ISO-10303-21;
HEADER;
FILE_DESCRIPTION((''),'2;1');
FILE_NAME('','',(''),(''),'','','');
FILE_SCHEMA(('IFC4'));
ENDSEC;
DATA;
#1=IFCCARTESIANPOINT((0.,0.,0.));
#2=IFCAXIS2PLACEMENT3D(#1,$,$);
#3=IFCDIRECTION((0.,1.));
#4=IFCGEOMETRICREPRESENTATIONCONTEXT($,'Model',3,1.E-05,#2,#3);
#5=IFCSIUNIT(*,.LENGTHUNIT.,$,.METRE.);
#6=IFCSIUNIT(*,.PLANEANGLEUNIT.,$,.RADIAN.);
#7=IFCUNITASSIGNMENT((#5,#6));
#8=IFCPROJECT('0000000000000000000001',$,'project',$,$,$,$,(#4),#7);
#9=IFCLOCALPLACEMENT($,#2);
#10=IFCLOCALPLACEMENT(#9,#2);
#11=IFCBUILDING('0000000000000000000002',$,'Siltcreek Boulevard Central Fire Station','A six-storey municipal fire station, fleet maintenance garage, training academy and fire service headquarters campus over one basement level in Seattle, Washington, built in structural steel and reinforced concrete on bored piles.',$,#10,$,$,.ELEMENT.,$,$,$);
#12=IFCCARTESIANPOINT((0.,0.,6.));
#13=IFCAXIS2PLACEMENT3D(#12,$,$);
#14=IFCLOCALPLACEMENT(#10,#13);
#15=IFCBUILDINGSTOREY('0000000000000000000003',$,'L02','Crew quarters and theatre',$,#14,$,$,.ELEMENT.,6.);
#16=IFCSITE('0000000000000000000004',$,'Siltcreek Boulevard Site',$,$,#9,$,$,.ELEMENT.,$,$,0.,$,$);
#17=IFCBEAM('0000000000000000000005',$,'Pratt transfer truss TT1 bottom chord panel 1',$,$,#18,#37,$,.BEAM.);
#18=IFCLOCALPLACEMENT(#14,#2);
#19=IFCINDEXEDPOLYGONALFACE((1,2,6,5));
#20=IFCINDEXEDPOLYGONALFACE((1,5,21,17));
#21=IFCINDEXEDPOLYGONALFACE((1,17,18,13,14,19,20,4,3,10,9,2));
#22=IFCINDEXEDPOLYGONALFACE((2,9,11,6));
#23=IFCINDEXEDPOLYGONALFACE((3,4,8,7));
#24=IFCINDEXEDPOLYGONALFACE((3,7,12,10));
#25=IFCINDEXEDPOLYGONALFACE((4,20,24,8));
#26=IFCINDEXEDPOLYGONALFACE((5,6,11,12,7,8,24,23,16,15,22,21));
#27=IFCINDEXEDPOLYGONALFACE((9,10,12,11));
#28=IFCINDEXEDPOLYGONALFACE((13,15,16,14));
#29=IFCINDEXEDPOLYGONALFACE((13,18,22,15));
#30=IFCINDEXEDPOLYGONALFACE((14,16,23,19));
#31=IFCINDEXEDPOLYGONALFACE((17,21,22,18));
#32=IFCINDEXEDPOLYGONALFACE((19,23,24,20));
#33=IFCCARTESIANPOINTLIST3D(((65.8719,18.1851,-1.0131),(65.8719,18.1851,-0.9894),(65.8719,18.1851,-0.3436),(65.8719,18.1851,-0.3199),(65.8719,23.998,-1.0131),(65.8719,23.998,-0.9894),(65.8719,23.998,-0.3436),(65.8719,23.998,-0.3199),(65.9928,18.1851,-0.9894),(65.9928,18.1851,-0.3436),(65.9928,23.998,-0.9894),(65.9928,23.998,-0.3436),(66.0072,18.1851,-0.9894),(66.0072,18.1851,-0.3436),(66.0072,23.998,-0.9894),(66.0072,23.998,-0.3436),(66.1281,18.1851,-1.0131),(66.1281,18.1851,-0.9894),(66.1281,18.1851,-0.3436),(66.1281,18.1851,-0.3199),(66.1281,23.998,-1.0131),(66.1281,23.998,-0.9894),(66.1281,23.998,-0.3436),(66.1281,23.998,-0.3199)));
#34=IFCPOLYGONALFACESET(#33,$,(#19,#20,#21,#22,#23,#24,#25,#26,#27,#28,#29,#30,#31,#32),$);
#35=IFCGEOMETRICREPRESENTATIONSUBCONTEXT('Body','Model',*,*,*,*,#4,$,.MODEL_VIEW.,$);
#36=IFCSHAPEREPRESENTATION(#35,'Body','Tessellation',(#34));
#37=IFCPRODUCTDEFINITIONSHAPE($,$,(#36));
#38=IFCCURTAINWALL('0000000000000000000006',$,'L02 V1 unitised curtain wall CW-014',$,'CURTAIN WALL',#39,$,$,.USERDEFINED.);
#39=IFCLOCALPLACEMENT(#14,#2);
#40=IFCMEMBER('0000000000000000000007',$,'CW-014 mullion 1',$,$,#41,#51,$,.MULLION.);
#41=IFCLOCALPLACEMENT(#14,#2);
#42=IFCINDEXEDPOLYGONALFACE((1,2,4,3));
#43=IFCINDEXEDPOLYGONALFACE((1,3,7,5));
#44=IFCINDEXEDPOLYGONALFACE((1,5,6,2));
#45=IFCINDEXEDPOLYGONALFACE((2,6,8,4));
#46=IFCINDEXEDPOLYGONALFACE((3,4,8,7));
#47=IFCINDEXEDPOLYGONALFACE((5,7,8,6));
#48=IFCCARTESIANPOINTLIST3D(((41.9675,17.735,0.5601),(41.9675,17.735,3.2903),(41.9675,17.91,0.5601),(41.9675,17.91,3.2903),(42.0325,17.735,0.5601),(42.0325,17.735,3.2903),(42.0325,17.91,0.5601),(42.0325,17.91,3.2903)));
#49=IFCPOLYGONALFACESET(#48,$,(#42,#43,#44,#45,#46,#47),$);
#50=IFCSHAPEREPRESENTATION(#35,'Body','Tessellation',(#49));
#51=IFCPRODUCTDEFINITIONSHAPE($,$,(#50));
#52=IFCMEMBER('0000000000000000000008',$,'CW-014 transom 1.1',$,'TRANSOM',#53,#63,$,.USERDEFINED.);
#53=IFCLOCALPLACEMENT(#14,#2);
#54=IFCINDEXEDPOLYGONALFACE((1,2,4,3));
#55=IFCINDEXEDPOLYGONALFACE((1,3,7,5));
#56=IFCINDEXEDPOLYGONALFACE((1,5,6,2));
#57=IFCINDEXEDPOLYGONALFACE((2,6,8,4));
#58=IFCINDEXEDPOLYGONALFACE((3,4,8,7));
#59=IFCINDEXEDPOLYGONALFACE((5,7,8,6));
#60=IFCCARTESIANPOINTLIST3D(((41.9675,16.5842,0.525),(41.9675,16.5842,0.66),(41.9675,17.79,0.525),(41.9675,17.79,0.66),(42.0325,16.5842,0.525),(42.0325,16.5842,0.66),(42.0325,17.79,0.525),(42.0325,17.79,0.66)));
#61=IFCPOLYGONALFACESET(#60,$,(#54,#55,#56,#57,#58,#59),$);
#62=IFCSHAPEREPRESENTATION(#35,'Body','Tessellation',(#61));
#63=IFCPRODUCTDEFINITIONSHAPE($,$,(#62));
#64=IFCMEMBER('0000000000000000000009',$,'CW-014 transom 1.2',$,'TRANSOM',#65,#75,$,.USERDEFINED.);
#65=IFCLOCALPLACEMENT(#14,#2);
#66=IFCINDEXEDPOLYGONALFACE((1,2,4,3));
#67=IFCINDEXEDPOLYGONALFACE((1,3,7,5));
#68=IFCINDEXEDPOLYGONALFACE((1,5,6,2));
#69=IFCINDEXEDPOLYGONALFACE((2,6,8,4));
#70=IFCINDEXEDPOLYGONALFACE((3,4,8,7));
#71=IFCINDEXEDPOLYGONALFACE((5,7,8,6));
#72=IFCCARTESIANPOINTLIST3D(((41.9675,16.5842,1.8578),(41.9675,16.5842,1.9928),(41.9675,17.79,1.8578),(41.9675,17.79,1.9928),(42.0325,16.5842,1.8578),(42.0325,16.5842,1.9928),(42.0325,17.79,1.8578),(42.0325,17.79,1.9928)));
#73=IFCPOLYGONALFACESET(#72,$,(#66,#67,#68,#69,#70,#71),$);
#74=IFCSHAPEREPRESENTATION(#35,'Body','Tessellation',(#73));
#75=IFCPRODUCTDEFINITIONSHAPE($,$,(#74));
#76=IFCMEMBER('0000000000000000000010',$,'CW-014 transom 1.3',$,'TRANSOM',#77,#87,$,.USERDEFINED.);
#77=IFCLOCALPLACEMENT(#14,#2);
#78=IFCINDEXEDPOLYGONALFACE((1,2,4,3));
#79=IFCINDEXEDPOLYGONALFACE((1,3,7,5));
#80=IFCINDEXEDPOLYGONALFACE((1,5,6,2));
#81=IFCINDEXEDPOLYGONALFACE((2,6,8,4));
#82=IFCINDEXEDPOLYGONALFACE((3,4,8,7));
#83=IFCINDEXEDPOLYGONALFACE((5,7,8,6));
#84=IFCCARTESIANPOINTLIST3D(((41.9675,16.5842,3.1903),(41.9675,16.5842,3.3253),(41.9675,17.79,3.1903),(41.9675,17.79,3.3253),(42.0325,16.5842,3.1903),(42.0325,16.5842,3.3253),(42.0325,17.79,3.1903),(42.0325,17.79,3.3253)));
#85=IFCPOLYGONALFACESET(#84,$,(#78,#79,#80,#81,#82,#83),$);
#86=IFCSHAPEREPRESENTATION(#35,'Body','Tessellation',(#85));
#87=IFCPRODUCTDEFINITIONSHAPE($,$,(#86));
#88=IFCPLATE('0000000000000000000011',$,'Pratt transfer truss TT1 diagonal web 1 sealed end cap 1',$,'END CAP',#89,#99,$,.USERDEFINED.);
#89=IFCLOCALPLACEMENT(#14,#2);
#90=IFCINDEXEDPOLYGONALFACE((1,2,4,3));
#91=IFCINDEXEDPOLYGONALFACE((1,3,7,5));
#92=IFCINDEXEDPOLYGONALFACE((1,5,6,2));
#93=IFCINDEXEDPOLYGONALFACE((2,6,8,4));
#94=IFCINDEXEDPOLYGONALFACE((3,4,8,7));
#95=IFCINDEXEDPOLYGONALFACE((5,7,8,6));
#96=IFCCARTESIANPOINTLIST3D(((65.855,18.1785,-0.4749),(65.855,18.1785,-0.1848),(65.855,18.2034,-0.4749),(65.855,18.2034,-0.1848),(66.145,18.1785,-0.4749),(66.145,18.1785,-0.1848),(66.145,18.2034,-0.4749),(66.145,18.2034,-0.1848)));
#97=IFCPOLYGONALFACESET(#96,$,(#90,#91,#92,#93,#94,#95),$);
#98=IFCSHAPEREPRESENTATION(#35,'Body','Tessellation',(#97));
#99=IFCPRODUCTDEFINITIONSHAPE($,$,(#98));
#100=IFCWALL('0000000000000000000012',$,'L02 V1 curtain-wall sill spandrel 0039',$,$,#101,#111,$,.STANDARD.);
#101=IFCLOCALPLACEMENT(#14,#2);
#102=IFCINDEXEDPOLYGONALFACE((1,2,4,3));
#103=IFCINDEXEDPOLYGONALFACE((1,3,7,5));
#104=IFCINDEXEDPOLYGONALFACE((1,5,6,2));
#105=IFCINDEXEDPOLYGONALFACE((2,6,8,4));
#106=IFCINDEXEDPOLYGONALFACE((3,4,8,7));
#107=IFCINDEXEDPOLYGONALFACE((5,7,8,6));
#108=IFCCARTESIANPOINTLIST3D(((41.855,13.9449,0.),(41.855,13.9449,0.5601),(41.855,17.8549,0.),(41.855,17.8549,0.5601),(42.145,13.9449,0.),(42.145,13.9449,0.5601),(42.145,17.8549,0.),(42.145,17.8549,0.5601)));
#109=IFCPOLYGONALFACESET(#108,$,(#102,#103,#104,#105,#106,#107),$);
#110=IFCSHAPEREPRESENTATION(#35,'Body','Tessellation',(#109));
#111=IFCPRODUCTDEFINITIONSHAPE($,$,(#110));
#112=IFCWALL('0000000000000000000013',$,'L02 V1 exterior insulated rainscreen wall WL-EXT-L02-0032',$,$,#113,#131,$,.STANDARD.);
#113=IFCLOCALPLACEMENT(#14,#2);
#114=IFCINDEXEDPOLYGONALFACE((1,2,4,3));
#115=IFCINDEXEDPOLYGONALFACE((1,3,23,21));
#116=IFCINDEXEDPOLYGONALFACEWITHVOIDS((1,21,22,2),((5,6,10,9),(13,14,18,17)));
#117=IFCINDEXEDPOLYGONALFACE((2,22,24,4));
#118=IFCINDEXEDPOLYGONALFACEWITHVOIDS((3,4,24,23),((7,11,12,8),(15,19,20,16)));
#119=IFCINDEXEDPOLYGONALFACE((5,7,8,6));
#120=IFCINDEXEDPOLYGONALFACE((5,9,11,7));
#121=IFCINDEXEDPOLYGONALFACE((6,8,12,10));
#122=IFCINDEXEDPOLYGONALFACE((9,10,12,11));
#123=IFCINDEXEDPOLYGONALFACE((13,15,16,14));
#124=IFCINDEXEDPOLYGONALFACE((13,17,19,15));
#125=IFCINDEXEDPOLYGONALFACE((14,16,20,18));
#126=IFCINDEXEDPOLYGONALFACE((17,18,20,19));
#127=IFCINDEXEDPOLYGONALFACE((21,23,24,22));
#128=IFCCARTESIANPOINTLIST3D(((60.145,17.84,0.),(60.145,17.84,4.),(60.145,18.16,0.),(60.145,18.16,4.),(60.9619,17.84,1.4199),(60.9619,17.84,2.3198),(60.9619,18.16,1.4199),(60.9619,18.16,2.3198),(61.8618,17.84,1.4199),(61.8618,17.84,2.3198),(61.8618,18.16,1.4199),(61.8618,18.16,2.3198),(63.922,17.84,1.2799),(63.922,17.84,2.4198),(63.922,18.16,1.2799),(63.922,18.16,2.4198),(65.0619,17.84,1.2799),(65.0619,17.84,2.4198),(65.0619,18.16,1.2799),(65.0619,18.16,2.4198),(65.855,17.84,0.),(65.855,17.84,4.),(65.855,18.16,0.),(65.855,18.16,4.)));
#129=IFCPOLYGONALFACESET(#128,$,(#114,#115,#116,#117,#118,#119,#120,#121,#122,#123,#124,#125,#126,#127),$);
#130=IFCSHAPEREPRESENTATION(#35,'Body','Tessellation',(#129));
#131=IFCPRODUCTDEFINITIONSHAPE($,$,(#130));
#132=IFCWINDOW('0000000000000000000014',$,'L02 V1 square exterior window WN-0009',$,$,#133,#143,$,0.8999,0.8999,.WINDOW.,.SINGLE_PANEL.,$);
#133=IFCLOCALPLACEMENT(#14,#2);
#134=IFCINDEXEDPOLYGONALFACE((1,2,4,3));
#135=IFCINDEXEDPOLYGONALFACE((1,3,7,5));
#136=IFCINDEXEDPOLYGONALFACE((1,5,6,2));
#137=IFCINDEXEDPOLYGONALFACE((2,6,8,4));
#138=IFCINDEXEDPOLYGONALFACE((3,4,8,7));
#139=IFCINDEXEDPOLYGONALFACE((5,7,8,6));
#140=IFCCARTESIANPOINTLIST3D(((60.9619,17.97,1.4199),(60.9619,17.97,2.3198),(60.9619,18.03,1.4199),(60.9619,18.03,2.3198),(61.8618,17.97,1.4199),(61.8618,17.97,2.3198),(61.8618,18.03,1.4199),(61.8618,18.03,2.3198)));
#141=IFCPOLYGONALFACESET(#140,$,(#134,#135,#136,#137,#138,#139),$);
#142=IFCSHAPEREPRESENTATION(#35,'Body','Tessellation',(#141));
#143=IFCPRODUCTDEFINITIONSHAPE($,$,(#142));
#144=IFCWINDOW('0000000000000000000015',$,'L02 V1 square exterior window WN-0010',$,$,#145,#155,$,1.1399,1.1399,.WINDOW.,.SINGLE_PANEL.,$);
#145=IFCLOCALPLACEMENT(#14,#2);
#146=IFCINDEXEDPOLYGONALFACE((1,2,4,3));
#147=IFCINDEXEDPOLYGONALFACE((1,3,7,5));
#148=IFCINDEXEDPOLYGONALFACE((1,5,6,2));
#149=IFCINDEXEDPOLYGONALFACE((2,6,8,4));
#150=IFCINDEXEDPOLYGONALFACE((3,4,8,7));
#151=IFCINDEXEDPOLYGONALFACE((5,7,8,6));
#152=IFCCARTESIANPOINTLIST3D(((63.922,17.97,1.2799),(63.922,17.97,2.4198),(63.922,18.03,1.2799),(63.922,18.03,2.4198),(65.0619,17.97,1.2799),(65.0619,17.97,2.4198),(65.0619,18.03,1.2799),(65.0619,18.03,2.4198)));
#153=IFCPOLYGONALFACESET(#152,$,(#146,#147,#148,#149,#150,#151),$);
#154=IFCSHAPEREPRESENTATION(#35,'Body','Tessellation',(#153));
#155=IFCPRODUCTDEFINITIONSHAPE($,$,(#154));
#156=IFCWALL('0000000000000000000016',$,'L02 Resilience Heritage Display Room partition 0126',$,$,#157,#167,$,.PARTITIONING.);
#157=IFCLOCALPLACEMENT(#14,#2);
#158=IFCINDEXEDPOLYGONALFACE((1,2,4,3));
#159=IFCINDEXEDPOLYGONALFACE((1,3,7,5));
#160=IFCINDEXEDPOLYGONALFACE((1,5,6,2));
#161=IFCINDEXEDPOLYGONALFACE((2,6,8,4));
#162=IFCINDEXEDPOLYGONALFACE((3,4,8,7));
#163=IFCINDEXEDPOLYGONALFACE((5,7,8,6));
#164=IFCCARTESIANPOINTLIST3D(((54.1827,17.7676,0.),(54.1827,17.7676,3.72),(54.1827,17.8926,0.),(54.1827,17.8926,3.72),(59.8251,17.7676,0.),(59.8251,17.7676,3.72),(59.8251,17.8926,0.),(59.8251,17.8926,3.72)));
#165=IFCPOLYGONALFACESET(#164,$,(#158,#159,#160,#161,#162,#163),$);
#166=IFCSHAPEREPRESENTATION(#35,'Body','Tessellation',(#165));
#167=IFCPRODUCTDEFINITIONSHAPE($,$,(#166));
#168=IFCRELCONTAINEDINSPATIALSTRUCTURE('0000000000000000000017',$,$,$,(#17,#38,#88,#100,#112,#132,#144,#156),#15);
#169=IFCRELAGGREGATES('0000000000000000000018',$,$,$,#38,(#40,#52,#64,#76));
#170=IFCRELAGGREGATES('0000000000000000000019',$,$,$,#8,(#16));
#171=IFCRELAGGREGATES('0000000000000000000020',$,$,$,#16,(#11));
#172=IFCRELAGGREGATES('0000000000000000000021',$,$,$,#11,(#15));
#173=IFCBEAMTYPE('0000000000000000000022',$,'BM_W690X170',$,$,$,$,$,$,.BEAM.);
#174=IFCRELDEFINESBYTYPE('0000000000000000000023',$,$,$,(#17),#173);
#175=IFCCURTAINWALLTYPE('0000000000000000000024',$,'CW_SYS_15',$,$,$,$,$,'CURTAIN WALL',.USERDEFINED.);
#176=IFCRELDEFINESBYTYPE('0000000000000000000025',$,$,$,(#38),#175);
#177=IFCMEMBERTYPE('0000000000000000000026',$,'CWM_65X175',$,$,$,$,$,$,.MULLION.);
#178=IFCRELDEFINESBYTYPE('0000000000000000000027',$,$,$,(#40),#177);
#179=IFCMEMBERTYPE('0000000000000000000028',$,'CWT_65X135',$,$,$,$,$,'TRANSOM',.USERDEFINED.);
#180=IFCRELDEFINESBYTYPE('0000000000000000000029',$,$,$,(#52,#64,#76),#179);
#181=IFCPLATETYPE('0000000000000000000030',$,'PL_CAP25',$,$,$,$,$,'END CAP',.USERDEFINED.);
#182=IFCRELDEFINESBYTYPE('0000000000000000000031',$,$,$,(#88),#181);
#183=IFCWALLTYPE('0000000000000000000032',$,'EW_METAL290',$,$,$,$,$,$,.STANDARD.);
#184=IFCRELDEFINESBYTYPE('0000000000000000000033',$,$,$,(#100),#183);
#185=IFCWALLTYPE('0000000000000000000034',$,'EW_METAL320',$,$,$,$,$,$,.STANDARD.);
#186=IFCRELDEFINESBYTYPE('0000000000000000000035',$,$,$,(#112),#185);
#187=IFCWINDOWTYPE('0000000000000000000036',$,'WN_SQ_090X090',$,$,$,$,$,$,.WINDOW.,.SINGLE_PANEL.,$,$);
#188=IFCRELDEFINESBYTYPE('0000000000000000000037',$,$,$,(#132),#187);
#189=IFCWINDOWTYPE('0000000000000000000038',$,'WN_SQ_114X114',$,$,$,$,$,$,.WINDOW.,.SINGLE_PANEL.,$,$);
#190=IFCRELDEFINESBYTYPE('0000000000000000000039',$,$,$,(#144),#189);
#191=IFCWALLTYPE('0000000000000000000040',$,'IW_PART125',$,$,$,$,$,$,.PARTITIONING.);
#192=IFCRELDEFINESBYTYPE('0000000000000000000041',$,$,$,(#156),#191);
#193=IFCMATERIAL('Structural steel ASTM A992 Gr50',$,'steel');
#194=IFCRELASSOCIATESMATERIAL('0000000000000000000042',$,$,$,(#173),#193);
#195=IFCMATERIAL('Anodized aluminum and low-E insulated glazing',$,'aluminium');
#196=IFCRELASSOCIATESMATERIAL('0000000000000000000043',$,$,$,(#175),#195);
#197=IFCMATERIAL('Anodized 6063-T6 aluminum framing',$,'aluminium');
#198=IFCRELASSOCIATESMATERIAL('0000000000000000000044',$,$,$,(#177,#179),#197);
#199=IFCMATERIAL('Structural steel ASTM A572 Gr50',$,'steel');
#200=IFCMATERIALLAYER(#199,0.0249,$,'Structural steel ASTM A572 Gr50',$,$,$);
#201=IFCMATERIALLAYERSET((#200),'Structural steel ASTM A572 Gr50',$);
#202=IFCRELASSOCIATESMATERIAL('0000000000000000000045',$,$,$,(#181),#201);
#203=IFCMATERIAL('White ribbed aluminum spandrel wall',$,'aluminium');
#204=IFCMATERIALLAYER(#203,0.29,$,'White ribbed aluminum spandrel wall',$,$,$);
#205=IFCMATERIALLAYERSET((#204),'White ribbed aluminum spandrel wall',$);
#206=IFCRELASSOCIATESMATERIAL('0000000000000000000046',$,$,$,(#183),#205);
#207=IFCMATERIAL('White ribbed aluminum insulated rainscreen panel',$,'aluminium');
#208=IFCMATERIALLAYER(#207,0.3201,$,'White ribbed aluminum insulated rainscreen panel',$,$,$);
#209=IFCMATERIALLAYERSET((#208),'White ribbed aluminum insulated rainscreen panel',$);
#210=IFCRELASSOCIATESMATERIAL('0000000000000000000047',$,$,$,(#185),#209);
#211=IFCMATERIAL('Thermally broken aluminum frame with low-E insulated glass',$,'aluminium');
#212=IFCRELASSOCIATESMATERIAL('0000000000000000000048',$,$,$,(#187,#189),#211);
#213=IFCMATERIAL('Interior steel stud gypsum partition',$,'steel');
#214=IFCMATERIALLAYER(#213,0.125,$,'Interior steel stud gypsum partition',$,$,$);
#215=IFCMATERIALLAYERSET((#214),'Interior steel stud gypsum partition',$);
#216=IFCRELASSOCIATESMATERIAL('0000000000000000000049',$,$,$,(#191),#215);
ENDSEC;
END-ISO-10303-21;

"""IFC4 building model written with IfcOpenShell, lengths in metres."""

from ifc_helpers import new_model, si_unit, direction, frame, frame_2d, origin, origin_2d, place, context, subcontext, project, spatial, rectangle, i_section, extrude, material, layer, layer_set, material_profile, profile_set, type_object, element, fill, aggregate, save


model = new_model("IFC4")

# Units and contexts
model_context = context("Model", 3, precision=1e-05, world=origin(), true_north=direction((0.0, 1.0)))
body_context = subcontext(model_context, "Body", "Model", "MODEL_VIEW")
ifc_project = project(units=[si_unit("LENGTHUNIT", "METRE"), si_unit("PLANEANGLEUNIT", "RADIAN")], contexts=[model_context])

# Site, building, storey
site_placement = place(None, origin())
site = spatial("IfcSite", under=ifc_project, at=site_placement, Name="Siltcreek Boulevard Site", CompositionType="ELEMENT", RefElevation=0.0)
building_placement = place(site_placement, origin())
building = spatial("IfcBuilding", under=site, at=building_placement, Name="Siltcreek Boulevard Central Fire Station", Description="A six-storey municipal fire station, fleet maintenance garage, training academy and fire service headquarters campus over one basement level in Seattle, Washington, built in structural steel and reinforced concrete on bored piles.", CompositionType="ELEMENT")
storey_placement = place(building_placement, frame((0.0, 0.0, 6.0)))
storey = spatial("IfcBuildingStorey", under=building, at=storey_placement, Name="L02", Description="Crew quarters and theatre", CompositionType="ELEMENT", Elevation=6.0)

# Shared definitions
ifc_material_1 = material(Name="Structural steel ASTM A992 Gr50", Category="steel")

# Beam
ifc_material_profile_1 = material_profile(ifc_material_1, i_section(OverallWidth=0.2561, OverallDepth=0.6931, WebThickness=0.0144, FlangeThickness=0.0237, at=origin_2d()), Name="W690X170")
ifc_profile_set_1 = profile_set([ifc_material_profile_1], Name="Structural steel ASTM A992 Gr50")
beam_type_1 = type_object("IfcBeamType", Name="BM_W690X170", PredefinedType="BEAM", material=ifc_profile_set_1)
beam_1_placement = place(storey_placement, frame((66.0, 18.1851, -0.6665), z_axis=(0.0, 1.0, 0.0), x_axis=(-1.0, 0.0, 0.0)))
element("IfcBeam", 1, at=beam_1_placement, inside=storey, type_object=beam_type_1, Name="Pratt transfer truss TT1 bottom chord panel 1", PredefinedType="BEAM", context=body_context, shape_type="SweptSolid", body=[
    extrude(i_section(OverallWidth=0.2561, OverallDepth=0.6931, WebThickness=0.0144, FlangeThickness=0.0237, at=origin_2d()), origin(), (0.0, 0.0, 1.0), 5.813),
])

# Curtain wall, members
ifc_material_2 = material(Name="Anodized aluminum and low-E insulated glazing", Category="aluminium")
curtain_wall_type = type_object("IfcCurtainWallType", Name="CW_SYS_15", ElementType="CURTAIN WALL", PredefinedType="USERDEFINED", material=ifc_material_2)
curtain_wall_placement = place(storey_placement, origin())
curtain_wall = element("IfcCurtainWall", 2, at=curtain_wall_placement, inside=storey, type_object=curtain_wall_type, Name="L02 V1 unitised curtain wall CW-014", ObjectType="CURTAIN WALL", PredefinedType="USERDEFINED")
ifc_material_3 = material(Name="Anodized 6063-T6 aluminum framing", Category="aluminium")
ifc_material_profile_2 = material_profile(ifc_material_3, rectangle(XDim=0.0649, YDim=0.175, at=origin_2d()), Name="MULL65X175")
ifc_profile_set_2 = profile_set([ifc_material_profile_2], Name="Anodized 6063-T6 aluminum framing")
member_type_1 = type_object("IfcMemberType", Name="CWM_65X175", PredefinedType="MULLION", material=ifc_profile_set_2)
member_1_placement = place(storey_placement, frame((42.0, 17.8225, 0.5601), z_axis=(0.0, 0.0, 1.0), x_axis=(1.0, 0.0, 0.0)))
member_1 = element("IfcMember", 3, at=member_1_placement, type_object=member_type_1, Name="CW-014 mullion 1", PredefinedType="MULLION", context=body_context, shape_type="SweptSolid", body=[
    extrude(rectangle(XDim=0.0649, YDim=0.175, at=origin_2d()), origin(), (0.0, 0.0, 1.0), 2.7302),
])
ifc_material_profile_3 = material_profile(ifc_material_3, rectangle(XDim=0.0649, YDim=0.135, at=origin_2d()), Name="TRAN65X135")
ifc_profile_set_3 = profile_set([ifc_material_profile_3], Name="Anodized 6063-T6 aluminum framing")
member_type_2 = type_object("IfcMemberType", Name="CWT_65X135", ElementType="TRANSOM", PredefinedType="USERDEFINED", material=ifc_profile_set_3)
member_2_placement = place(storey_placement, frame((42.0, 17.79, 0.5925), z_axis=(0.0, -1.0, 0.0), x_axis=(1.0, 0.0, 0.0)))
member_2 = element("IfcMember", 4, at=member_2_placement, type_object=member_type_2, Name="CW-014 transom 1.1", ObjectType="TRANSOM", PredefinedType="USERDEFINED", context=body_context, shape_type="SweptSolid", body=[
    extrude(rectangle(XDim=0.0649, YDim=0.135, at=origin_2d()), origin(), (0.0, 0.0, 1.0), 1.2058),
])
member_3_placement = place(storey_placement, frame((42.0, 17.79, 1.9253), z_axis=(0.0, -1.0, 0.0), x_axis=(1.0, 0.0, 0.0)))
member_3 = element("IfcMember", 5, at=member_3_placement, type_object=member_type_2, Name="CW-014 transom 1.2", ObjectType="TRANSOM", PredefinedType="USERDEFINED", context=body_context, shape_type="SweptSolid", body=[
    extrude(rectangle(XDim=0.0649, YDim=0.135, at=origin_2d()), origin(), (0.0, 0.0, 1.0), 1.2058),
])
member_4_placement = place(storey_placement, frame((42.0, 17.79, 3.2578), z_axis=(0.0, -1.0, 0.0), x_axis=(1.0, 0.0, 0.0)))
member_4 = element("IfcMember", 6, at=member_4_placement, type_object=member_type_2, Name="CW-014 transom 1.3", ObjectType="TRANSOM", PredefinedType="USERDEFINED", context=body_context, shape_type="SweptSolid", body=[
    extrude(rectangle(XDim=0.0649, YDim=0.135, at=origin_2d()), origin(), (0.0, 0.0, 1.0), 1.2058),
])
aggregate(curtain_wall, [member_1, member_2, member_3, member_4])

# Plate
ifc_material_4 = material(Name="Structural steel ASTM A572 Gr50", Category="steel")
ifc_layer_1 = layer(ifc_material_4, 0.0249, Name="Structural steel ASTM A572 Gr50")
ifc_layer_set_1 = layer_set([ifc_layer_1], Name="Structural steel ASTM A572 Gr50")
plate_type = type_object("IfcPlateType", Name="PL_CAP25", ElementType="END CAP", PredefinedType="USERDEFINED", material=ifc_layer_set_1)
plate_placement = place(storey_placement, frame((66.0, 18.1909, -0.4749), z_axis=(0.0, 0.0, 1.0), x_axis=(0.0, 1.0, 0.0)))
element("IfcPlate", 7, at=plate_placement, inside=storey, type_object=plate_type, Name="Pratt transfer truss TT1 diagonal web 1 sealed end cap 1", ObjectType="END CAP", PredefinedType="USERDEFINED", context=body_context, shape_type="SweptSolid", body=[
    extrude(rectangle(XDim=0.0249, YDim=0.29, at=origin_2d()), origin(), (0.0, 0.0, 1.0), 0.29),
])

# Wall
ifc_material_5 = material(Name="White ribbed aluminum spandrel wall", Category="aluminium")
ifc_layer_2 = layer(ifc_material_5, 0.29, Name="White ribbed aluminum spandrel wall")
ifc_layer_set_2 = layer_set([ifc_layer_2], Name="White ribbed aluminum spandrel wall")
wall_type_1 = type_object("IfcWallType", Name="EW_METAL290", PredefinedType="STANDARD", material=ifc_layer_set_2)
wall_1_placement = place(storey_placement, frame((42.0, 17.855, 0.0), z_axis=(0.0, 0.0, 1.0), x_axis=(0.0, -1.0, 0.0)))
element("IfcWall", 8, at=wall_1_placement, inside=storey, type_object=wall_type_1, Name="L02 V1 curtain-wall sill spandrel 0039", PredefinedType="STANDARD", context=body_context, shape_type="SweptSolid", body=[
    extrude(rectangle(XDim=3.9099, YDim=0.29, at=frame_2d((1.9551, 0.0))), origin(), (0.0, 0.0, 1.0), 0.5601),
])

# Wall, openings, windows
ifc_material_6 = material(Name="White ribbed aluminum insulated rainscreen panel", Category="aluminium")
ifc_layer_3 = layer(ifc_material_6, 0.3201, Name="White ribbed aluminum insulated rainscreen panel")
ifc_layer_set_3 = layer_set([ifc_layer_3], Name="White ribbed aluminum insulated rainscreen panel")
wall_type_2 = type_object("IfcWallType", Name="EW_METAL320", PredefinedType="STANDARD", material=ifc_layer_set_3)
wall_2_placement = place(storey_placement, frame((60.145, 18.0, 0.0), z_axis=(0.0, 0.0, 1.0), x_axis=(1.0, 0.0, 0.0)))
wall_2 = element("IfcWall", 9, at=wall_2_placement, inside=storey, type_object=wall_type_2, Name="L02 V1 exterior insulated rainscreen wall WL-EXT-L02-0032", PredefinedType="STANDARD", context=body_context, shape_type="SweptSolid", body=[
    extrude(rectangle(XDim=5.71, YDim=0.3201, at=frame_2d((2.855, 0.0))), origin(), (0.0, 0.0, 1.0), 4.0),
])
opening_1_placement = place(wall_2_placement, frame((0.8169, 0.0, 1.4199)))
opening_1 = element("IfcOpeningElement", 10, at=opening_1_placement, cuts=wall_2, PredefinedType="OPENING", context=body_context, shape_type="SweptSolid", body=[
    extrude(rectangle(XDim=0.8999, YDim=0.8999, at=frame_2d((0.45, 0.45))), frame((0.0, 0.1699, 0.0), z_axis=(0.0, -1.0, 0.0), x_axis=(1.0, 0.0, 0.0)), (0.0, 0.0, 1.0), 0.3401),
])
opening_2_placement = place(wall_2_placement, frame((3.7771, 0.0, 1.28)))
opening_2 = element("IfcOpeningElement", 11, at=opening_2_placement, cuts=wall_2, PredefinedType="OPENING", context=body_context, shape_type="SweptSolid", body=[
    extrude(rectangle(XDim=1.1399, YDim=1.1399, at=frame_2d((0.5698, 0.5698))), frame((0.0, 0.1699, 0.0), z_axis=(0.0, -1.0, 0.0), x_axis=(1.0, 0.0, 0.0)), (0.0, 0.0, 1.0), 0.3401),
])
ifc_material_7 = material(Name="Thermally broken aluminum frame with low-E insulated glass", Category="aluminium")
window_type_1 = type_object("IfcWindowType", Name="WN_SQ_090X090", PartitioningType="SINGLE_PANEL", PredefinedType="WINDOW", material=ifc_material_7)
window_1_placement = place(opening_1_placement, origin())
window_1 = element("IfcWindow", 12, at=window_1_placement, inside=storey, type_object=window_type_1, Name="L02 V1 square exterior window WN-0009", OverallHeight=0.8999, OverallWidth=0.8999, PartitioningType="SINGLE_PANEL", PredefinedType="WINDOW", context=body_context, shape_type="SweptSolid", body=[
    extrude(rectangle(XDim=0.8999, YDim=0.8999, at=frame_2d((0.45, 0.45))), frame((0.0, 0.03, 0.0), z_axis=(0.0, -1.0, 0.0), x_axis=(1.0, 0.0, 0.0)), (0.0, 0.0, 1.0), 0.0601),
])
fill(opening_1, window_1)
window_type_2 = type_object("IfcWindowType", Name="WN_SQ_114X114", PartitioningType="SINGLE_PANEL", PredefinedType="WINDOW", material=ifc_material_7)
window_2_placement = place(opening_2_placement, origin())
window_2 = element("IfcWindow", 13, at=window_2_placement, inside=storey, type_object=window_type_2, Name="L02 V1 square exterior window WN-0010", OverallHeight=1.1399, OverallWidth=1.1399, PartitioningType="SINGLE_PANEL", PredefinedType="WINDOW", context=body_context, shape_type="SweptSolid", body=[
    extrude(rectangle(XDim=1.1399, YDim=1.1399, at=frame_2d((0.5698, 0.5698))), frame((0.0, 0.03, 0.0), z_axis=(0.0, -1.0, 0.0), x_axis=(1.0, 0.0, 0.0)), (0.0, 0.0, 1.0), 0.0601),
])
fill(opening_2, window_2)

# Wall
ifc_material_8 = material(Name="Interior steel stud gypsum partition", Category="steel")
ifc_layer_4 = layer(ifc_material_8, 0.125, Name="Interior steel stud gypsum partition")
ifc_layer_set_4 = layer_set([ifc_layer_4], Name="Interior steel stud gypsum partition")
wall_type_3 = type_object("IfcWallType", Name="IW_PART125", PredefinedType="PARTITIONING", material=ifc_layer_set_4)
wall_3_placement = place(storey_placement, frame((54.1826, 17.8301, 0.0), z_axis=(0.0, 0.0, 1.0), x_axis=(1.0, 0.0, 0.0)))
element("IfcWall", 14, at=wall_3_placement, inside=storey, type_object=wall_type_3, Name="L02 Resilience Heritage Display Room partition 0126", PredefinedType="PARTITIONING", context=body_context, shape_type="SweptSolid", body=[
    extrude(rectangle(XDim=5.6423, YDim=0.125, at=frame_2d((2.8213, 0.0))), origin(), (0.0, 0.0, 1.0), 3.72),
])

save(model, "model.ifc")
